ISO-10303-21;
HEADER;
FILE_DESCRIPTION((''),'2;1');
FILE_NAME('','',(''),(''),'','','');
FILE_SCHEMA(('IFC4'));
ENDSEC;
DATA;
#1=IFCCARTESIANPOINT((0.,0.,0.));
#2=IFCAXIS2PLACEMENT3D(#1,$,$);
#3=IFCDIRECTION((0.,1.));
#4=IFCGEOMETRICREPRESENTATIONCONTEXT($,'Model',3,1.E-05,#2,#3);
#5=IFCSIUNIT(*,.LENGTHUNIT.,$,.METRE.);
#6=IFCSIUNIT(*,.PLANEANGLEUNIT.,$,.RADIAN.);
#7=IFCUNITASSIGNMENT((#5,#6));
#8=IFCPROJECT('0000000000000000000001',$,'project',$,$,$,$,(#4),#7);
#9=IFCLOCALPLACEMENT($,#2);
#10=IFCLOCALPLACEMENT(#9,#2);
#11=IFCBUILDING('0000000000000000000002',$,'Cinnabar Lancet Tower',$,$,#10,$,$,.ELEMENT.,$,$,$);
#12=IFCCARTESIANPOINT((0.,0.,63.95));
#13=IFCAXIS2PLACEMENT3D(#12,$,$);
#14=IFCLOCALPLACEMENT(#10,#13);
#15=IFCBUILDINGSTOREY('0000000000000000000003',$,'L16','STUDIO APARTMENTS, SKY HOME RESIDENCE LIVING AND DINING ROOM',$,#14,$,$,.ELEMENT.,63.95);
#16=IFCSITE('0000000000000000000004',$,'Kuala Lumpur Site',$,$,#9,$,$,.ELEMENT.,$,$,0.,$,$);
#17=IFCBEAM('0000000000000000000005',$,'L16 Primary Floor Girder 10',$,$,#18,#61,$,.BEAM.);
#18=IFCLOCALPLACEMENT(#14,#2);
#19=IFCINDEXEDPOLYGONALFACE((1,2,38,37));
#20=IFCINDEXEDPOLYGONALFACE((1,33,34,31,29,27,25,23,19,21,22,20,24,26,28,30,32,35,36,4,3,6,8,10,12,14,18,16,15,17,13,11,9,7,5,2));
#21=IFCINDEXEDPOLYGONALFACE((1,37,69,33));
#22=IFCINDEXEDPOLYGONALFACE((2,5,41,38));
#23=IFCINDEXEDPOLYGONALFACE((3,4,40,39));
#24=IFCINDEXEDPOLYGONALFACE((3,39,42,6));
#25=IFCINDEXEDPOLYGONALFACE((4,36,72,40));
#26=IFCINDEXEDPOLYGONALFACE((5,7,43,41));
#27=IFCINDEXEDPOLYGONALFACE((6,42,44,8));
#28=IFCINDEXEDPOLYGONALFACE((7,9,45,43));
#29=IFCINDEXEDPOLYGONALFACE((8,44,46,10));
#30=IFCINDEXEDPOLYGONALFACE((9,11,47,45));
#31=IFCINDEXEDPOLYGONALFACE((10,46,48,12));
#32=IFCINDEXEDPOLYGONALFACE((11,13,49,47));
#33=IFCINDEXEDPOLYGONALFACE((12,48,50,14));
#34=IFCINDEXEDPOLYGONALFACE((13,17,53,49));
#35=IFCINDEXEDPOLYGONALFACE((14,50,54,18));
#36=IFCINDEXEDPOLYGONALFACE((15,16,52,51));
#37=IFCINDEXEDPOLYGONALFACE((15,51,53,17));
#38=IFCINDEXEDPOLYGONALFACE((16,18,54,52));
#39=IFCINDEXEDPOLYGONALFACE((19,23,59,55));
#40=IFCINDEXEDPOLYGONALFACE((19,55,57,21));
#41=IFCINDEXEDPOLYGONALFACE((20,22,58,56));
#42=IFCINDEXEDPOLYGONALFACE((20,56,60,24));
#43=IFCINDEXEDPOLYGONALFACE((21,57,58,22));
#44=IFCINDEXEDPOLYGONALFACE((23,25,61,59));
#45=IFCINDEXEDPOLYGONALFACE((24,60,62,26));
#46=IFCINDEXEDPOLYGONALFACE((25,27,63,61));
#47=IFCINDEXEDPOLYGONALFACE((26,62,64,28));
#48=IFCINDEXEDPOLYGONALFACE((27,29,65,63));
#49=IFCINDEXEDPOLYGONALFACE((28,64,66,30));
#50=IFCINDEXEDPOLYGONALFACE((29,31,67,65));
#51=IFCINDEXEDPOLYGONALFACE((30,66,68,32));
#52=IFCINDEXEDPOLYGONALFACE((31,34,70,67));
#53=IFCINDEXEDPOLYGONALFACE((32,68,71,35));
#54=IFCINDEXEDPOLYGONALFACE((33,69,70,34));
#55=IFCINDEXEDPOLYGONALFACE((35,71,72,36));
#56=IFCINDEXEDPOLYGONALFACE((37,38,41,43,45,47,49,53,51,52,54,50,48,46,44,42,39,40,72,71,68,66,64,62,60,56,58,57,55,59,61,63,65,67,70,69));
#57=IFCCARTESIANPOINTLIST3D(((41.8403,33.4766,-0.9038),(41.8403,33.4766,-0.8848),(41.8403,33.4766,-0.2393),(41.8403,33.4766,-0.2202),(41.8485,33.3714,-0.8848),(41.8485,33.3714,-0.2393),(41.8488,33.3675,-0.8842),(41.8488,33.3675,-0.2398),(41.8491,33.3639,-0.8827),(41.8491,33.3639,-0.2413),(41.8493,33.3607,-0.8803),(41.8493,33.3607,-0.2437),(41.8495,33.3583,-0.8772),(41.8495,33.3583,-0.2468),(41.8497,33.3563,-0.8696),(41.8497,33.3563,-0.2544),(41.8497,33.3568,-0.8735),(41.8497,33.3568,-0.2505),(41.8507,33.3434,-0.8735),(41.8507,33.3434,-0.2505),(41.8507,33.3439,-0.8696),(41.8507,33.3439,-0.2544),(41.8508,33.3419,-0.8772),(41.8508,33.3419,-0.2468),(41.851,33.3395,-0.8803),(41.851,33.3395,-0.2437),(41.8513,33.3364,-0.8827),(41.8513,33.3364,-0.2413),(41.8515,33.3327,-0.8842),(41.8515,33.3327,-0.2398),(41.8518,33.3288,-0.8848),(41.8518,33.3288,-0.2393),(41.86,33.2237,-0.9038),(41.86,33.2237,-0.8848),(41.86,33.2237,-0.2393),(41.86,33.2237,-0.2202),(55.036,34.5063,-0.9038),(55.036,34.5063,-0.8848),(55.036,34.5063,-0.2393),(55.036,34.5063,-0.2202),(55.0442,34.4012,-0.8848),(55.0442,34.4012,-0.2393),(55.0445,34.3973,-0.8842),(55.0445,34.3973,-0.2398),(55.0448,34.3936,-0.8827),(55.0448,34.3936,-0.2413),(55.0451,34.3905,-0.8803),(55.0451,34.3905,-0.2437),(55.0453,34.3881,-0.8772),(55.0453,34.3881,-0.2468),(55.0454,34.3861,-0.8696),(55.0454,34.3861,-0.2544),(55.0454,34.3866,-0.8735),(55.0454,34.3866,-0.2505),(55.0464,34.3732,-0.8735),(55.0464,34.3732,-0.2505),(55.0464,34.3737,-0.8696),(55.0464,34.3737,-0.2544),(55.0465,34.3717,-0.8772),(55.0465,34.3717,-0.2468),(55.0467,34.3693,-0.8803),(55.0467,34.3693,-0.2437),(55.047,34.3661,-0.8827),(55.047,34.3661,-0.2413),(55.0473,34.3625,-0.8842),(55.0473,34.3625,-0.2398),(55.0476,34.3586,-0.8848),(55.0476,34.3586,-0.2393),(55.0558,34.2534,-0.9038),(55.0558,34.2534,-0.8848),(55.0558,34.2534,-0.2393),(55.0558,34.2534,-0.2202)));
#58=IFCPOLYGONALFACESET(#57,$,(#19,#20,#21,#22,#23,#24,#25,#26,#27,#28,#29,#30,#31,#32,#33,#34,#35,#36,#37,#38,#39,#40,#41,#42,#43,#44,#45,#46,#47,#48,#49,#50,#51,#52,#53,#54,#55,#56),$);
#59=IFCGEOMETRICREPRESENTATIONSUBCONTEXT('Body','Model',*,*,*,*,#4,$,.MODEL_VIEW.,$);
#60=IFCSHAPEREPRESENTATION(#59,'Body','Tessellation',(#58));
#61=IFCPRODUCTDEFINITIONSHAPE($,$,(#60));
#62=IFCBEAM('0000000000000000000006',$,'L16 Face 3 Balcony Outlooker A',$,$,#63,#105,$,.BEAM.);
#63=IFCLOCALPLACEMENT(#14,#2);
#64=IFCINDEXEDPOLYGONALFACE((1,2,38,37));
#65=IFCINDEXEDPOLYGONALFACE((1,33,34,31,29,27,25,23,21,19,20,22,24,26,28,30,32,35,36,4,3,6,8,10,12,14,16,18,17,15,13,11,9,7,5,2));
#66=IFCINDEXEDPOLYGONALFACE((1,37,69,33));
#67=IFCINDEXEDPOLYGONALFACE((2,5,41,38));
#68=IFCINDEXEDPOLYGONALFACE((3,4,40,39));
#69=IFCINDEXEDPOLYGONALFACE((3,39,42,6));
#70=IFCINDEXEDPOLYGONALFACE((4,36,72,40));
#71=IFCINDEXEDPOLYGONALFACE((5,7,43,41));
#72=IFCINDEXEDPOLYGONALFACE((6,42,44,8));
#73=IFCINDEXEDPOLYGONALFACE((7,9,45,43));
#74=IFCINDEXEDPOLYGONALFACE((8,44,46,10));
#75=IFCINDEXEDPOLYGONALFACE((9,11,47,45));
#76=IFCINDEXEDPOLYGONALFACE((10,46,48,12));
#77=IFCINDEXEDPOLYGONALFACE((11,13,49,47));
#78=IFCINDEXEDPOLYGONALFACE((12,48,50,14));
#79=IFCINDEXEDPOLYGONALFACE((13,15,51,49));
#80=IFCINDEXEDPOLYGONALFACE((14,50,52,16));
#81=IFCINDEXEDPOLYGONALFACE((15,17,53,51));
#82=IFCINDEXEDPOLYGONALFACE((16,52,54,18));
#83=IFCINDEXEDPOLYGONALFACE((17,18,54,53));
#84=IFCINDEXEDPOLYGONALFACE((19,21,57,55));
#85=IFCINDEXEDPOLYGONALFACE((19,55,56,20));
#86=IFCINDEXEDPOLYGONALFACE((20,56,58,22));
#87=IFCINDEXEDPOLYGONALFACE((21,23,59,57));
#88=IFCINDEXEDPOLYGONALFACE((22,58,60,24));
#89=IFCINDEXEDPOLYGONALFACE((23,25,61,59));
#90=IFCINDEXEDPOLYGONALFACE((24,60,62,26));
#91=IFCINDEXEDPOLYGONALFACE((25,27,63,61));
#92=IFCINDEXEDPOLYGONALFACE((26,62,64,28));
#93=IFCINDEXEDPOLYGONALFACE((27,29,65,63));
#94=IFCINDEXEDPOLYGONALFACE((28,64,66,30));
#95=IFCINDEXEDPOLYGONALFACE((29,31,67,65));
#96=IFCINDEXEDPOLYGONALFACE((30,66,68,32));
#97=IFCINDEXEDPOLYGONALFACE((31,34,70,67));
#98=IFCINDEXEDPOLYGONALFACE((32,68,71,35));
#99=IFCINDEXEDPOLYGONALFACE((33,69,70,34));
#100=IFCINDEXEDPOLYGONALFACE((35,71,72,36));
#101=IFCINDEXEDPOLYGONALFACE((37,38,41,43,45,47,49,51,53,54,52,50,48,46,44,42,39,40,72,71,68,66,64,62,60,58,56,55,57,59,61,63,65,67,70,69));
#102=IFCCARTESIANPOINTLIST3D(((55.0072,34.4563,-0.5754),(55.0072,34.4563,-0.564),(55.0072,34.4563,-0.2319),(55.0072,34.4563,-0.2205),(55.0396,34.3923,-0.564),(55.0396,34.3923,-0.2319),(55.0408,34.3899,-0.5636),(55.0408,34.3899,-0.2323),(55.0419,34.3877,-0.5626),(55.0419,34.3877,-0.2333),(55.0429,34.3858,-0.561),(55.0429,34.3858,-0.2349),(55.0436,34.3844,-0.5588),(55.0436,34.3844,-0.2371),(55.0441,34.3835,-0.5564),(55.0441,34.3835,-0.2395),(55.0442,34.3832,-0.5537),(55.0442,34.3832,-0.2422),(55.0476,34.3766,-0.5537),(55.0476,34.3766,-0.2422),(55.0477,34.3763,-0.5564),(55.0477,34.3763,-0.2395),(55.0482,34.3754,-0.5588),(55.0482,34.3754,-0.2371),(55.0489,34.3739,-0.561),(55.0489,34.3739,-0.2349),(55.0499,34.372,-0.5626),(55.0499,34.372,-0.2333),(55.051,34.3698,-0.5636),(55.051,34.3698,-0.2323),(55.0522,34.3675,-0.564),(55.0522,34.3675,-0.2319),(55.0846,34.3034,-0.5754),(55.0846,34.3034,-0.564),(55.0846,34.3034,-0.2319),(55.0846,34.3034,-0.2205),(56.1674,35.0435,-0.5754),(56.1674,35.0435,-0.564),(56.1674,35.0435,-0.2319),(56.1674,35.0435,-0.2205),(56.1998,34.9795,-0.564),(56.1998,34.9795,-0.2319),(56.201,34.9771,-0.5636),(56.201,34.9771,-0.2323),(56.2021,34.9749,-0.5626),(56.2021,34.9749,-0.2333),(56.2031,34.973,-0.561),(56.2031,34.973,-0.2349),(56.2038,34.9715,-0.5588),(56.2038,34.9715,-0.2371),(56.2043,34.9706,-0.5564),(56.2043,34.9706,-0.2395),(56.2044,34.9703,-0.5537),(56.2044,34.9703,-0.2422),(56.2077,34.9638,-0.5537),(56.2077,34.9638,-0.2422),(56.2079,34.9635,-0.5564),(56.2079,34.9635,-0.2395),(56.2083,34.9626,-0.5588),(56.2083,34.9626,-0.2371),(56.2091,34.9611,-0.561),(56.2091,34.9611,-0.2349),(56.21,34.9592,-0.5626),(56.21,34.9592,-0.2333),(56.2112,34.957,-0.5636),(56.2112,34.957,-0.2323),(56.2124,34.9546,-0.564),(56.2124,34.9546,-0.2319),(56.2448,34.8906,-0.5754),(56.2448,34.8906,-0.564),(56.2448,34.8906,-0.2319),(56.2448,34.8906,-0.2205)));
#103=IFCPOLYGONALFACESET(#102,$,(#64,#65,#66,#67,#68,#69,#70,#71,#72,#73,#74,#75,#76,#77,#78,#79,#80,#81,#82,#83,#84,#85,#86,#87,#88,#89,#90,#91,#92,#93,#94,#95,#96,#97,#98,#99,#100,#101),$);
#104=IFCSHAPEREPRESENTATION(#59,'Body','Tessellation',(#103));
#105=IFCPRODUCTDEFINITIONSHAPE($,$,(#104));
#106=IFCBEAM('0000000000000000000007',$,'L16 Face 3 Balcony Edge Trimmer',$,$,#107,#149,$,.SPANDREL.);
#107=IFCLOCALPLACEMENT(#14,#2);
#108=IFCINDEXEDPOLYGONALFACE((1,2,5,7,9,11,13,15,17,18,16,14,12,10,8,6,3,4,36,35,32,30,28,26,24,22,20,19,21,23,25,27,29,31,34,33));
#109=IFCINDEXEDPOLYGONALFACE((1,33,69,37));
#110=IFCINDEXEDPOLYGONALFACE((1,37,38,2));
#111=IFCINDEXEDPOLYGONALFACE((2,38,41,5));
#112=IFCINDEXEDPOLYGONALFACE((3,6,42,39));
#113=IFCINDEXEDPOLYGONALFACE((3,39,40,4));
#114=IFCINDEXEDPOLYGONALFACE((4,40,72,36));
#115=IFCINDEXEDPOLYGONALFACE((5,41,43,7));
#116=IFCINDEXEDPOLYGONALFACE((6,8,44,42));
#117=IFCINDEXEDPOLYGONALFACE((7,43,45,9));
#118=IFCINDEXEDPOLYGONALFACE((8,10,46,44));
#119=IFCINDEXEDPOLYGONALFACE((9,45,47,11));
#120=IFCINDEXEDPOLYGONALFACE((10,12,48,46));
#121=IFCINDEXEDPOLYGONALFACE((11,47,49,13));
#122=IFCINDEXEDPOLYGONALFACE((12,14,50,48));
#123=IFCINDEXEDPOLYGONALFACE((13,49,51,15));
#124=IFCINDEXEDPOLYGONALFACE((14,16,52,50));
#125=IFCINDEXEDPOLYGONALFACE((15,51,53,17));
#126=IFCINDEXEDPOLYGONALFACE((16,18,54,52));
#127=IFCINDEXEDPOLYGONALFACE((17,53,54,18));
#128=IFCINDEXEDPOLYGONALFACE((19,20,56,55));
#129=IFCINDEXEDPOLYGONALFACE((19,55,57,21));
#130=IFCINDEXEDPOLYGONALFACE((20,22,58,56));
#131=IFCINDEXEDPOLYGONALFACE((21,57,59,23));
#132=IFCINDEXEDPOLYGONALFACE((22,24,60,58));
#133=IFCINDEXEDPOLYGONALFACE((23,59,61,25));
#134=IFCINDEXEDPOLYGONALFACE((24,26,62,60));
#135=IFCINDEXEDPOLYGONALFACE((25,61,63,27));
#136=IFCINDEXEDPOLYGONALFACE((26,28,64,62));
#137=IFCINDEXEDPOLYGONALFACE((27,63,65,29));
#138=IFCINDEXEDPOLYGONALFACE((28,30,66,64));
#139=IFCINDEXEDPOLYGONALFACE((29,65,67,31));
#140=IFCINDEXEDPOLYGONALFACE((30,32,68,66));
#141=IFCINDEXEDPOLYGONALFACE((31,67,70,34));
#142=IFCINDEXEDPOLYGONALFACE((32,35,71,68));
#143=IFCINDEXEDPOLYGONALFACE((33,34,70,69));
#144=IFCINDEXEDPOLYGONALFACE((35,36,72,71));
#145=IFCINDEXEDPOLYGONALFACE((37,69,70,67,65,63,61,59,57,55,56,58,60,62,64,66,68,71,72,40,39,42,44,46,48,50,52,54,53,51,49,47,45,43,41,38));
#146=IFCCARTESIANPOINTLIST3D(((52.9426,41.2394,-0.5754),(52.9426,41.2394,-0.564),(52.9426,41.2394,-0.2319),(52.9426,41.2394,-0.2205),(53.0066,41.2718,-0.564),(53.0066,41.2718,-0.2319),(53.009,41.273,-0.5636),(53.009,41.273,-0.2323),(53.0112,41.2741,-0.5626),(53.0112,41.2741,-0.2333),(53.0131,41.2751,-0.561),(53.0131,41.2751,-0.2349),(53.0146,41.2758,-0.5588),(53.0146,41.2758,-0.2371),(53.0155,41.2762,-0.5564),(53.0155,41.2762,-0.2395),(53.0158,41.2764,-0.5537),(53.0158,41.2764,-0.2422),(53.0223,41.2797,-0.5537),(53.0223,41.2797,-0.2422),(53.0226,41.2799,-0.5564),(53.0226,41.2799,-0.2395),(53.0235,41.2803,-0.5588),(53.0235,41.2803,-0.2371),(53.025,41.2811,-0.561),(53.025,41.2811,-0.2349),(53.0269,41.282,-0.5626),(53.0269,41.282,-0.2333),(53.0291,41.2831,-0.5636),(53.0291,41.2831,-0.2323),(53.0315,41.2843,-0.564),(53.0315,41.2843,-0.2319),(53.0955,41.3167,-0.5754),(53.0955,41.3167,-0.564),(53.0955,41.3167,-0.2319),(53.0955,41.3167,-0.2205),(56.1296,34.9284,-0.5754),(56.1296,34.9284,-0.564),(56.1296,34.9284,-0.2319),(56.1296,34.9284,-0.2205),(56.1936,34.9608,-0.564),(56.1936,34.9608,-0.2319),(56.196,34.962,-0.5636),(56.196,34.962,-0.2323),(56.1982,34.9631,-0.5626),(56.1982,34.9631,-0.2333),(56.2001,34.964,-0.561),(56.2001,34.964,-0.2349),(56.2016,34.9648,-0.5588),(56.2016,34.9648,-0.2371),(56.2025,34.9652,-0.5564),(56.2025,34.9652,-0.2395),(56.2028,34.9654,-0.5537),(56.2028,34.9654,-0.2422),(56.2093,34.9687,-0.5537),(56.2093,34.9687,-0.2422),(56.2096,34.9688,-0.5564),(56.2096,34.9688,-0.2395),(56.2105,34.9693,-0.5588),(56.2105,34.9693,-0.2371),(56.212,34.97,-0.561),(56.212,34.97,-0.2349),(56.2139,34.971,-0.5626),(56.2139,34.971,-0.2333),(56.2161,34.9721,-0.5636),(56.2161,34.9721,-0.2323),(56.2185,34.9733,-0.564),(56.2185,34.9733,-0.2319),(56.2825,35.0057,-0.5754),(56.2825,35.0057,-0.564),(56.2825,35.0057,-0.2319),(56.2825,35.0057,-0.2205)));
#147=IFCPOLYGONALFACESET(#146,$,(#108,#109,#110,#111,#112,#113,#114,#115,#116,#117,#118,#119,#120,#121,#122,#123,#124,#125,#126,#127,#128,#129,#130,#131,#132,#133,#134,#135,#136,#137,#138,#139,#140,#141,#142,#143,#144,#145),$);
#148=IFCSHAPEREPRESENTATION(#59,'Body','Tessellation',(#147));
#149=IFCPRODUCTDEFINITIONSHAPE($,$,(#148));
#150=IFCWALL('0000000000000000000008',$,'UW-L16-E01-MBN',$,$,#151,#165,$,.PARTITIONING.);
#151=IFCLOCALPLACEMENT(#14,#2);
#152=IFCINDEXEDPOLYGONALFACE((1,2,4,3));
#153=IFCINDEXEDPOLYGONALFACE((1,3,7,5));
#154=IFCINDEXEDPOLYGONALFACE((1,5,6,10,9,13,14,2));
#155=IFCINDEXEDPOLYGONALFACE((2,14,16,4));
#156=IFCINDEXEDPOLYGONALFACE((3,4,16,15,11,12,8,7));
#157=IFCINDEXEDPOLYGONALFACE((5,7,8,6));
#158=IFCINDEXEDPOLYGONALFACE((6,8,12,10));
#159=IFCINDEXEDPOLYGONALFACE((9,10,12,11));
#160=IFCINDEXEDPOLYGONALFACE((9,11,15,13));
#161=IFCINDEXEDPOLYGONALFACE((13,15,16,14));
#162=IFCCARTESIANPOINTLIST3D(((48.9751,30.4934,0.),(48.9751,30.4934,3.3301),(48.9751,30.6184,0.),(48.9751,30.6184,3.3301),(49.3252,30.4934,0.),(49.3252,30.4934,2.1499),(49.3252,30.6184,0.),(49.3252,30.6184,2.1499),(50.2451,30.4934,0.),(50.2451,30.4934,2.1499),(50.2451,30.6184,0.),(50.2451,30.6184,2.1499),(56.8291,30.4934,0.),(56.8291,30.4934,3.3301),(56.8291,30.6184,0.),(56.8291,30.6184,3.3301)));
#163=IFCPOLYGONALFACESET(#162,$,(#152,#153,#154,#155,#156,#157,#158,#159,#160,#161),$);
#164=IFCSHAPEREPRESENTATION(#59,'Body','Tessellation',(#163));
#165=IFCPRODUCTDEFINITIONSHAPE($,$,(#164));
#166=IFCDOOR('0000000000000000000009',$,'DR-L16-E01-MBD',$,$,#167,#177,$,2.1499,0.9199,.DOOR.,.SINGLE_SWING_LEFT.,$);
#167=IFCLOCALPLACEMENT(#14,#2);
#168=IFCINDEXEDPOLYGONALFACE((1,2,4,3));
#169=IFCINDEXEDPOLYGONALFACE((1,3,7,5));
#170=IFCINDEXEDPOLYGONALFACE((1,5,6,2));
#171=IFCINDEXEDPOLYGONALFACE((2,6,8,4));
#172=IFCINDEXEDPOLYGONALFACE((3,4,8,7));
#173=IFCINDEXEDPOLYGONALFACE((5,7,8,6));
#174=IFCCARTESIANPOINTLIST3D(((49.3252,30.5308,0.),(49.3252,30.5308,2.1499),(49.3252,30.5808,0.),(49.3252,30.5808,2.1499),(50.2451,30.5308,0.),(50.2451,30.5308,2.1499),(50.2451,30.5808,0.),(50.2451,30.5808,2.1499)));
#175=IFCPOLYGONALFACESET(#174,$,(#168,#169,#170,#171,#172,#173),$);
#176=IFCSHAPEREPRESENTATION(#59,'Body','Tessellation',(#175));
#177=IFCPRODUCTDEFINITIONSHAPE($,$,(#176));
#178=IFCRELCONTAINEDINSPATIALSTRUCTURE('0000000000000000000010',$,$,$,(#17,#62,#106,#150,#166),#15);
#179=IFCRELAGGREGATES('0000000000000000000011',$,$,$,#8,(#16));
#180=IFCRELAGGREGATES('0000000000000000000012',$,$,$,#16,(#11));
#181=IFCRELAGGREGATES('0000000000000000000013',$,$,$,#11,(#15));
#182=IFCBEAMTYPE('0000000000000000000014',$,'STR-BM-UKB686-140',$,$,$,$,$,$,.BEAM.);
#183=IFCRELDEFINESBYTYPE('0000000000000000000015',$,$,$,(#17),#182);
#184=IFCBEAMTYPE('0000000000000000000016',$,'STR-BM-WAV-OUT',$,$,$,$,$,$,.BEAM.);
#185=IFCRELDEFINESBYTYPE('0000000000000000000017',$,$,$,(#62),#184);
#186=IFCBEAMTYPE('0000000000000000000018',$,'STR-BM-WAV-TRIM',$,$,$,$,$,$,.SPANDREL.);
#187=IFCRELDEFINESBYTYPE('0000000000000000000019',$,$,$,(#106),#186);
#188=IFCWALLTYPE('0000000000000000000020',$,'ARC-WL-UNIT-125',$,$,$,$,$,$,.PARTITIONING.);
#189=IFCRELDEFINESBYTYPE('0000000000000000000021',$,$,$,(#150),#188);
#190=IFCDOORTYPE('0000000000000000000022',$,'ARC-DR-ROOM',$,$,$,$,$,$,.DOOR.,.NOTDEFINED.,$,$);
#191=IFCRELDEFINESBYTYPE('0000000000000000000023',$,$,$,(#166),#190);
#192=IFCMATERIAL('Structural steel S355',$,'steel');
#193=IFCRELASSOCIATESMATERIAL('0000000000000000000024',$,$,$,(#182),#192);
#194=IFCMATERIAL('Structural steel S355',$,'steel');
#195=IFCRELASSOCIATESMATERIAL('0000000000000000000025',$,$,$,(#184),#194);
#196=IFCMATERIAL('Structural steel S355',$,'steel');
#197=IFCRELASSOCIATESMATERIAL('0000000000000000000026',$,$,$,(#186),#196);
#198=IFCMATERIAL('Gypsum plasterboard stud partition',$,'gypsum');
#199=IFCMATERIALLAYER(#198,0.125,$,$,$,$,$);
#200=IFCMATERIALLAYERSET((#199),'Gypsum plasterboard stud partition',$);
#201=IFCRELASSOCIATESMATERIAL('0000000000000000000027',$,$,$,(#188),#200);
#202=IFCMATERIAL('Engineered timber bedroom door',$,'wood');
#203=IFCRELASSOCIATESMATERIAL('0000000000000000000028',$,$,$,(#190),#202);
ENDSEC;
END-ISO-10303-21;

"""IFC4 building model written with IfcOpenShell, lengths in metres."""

from ifc_helpers import new_model, si_unit, direction, frame, frame_2d, origin, origin_2d, place, context, subcontext, project, spatial, rectangle, i_section, extrude, material, layer, layer_set, material_profile, profile_set, type_object, element, fill, save


model = new_model("IFC4")

# Units and contexts
model_context = context("Model", 3, precision=1e-05, world=origin(), true_north=direction((0.0, 1.0)))
body_context = subcontext(model_context, "Body", "Model", "MODEL_VIEW")
ifc_project = project(units=[si_unit("LENGTHUNIT", "METRE"), si_unit("PLANEANGLEUNIT", "RADIAN")], contexts=[model_context])

# Site, building, storey
site_placement = place(None, origin())
site = spatial("IfcSite", under=ifc_project, at=site_placement, Name="Kuala Lumpur Site", CompositionType="ELEMENT", RefElevation=0.0)
building_placement = place(site_placement, origin())
building = spatial("IfcBuilding", under=site, at=building_placement, Name="Cinnabar Lancet Tower", CompositionType="ELEMENT")
storey_placement = place(building_placement, frame((0.0, 0.0, 63.95)))
storey = spatial("IfcBuildingStorey", under=building, at=storey_placement, Name="L16", Description="STUDIO APARTMENTS, SKY HOME RESIDENCE LIVING AND DINING ROOM", CompositionType="ELEMENT", Elevation=63.95)

# Beams
ifc_material_1 = material(Name="Structural steel S355", Category="steel")
ifc_material_profile_1 = material_profile(ifc_material_1, i_section(OverallWidth=0.2537, OverallDepth=0.6836, WebThickness=0.0125, FlangeThickness=0.019, FilletRadius=0.0151, at=origin_2d()), Name="UKB 686x254x140")
ifc_profile_set_1 = profile_set([ifc_material_profile_1], Name="Structural steel S355")
beam_type_1 = type_object("IfcBeamType", Name="STR-BM-UKB686-140", PredefinedType="BEAM", material=ifc_profile_set_1)
beam_1_placement = place(storey_placement, frame((55.0459, 34.3799, -0.562), z_axis=(-0.996969, -0.077802, 0.0), x_axis=(0.077802, -0.996969, 0.0)))
element("IfcBeam", 1, at=beam_1_placement, inside=storey, type_object=beam_type_1, Name="L16 Primary Floor Girder 10", PredefinedType="BEAM", context=body_context, shape_type="SweptSolid", body=[
    extrude(i_section(OverallWidth=0.2537, OverallDepth=0.6836, WebThickness=0.0125, FlangeThickness=0.019, FilletRadius=0.0151, at=origin_2d()), origin(), (0.0, 0.0, 1.0), 13.2358),
])
ifc_material_2 = material(Name="Structural steel S355", Category="steel")
ifc_material_profile_2 = material_profile(ifc_material_2, i_section(OverallWidth=0.1714, OverallDepth=0.355, WebThickness=0.0073, FlangeThickness=0.0115, FilletRadius=0.0103, at=origin_2d()), Name="UKB 356x171x51")
ifc_profile_set_2 = profile_set([ifc_material_profile_2], Name="Structural steel S355")
beam_type_2 = type_object("IfcBeamType", Name="STR-BM-WAV-OUT", PredefinedType="BEAM", material=ifc_profile_set_2)
beam_2_placement = place(storey_placement, frame((55.0459, 34.3799, -0.3979), z_axis=(0.892239, 0.451564, 0.0), x_axis=(-0.451564, 0.892239, 0.0)))
element("IfcBeam", 2, at=beam_2_placement, inside=storey, type_object=beam_type_2, Name="L16 Face 3 Balcony Outlooker A", PredefinedType="BEAM", context=body_context, shape_type="SweptSolid", body=[
    extrude(i_section(OverallWidth=0.1714, OverallDepth=0.355, WebThickness=0.0073, FlangeThickness=0.0115, FilletRadius=0.0103, at=origin_2d()), origin(), (0.0, 0.0, 1.0), 1.3003),
])
ifc_material_3 = material(Name="Structural steel S355", Category="steel")
ifc_material_profile_3 = material_profile(ifc_material_3, i_section(OverallWidth=0.1714, OverallDepth=0.355, WebThickness=0.0073, FlangeThickness=0.0115, FilletRadius=0.0103, at=origin_2d()), Name="UKB 356x171x51")
ifc_profile_set_3 = profile_set([ifc_material_profile_3], Name="Structural steel S355")
beam_type_3 = type_object("IfcBeamType", Name="STR-BM-WAV-TRIM", PredefinedType="SPANDREL", material=ifc_profile_set_3)
beam_3_placement = place(storey_placement, frame((56.2061, 34.967, -0.3979), z_axis=(-0.450774, 0.892638, 0.0), x_axis=(-0.892638, -0.450774, 0.0)))
element("IfcBeam", 3, at=beam_3_placement, inside=storey, type_object=beam_type_3, Name="L16 Face 3 Balcony Edge Trimmer", PredefinedType="SPANDREL", context=body_context, shape_type="SweptSolid", body=[
    extrude(i_section(OverallWidth=0.1714, OverallDepth=0.355, WebThickness=0.0073, FlangeThickness=0.0115, FilletRadius=0.0103, at=origin_2d()), origin(), (0.0, 0.0, 1.0), 7.0701),
])

# Wall, opening, door
ifc_material_4 = material(Name="Gypsum plasterboard stud partition", Category="gypsum")
ifc_layer_1 = layer(ifc_material_4, 0.125)
ifc_layer_set_1 = layer_set([ifc_layer_1], Name="Gypsum plasterboard stud partition")
wall_type_1 = type_object("IfcWallType", Name="ARC-WL-UNIT-125", PredefinedType="PARTITIONING", material=ifc_layer_set_1)
wall_1_placement = place(storey_placement, frame((48.9751, 30.5559, 0.0), z_axis=(0.0, 0.0, 1.0), x_axis=(1.0, 0.0, 0.0)))
wall_1 = element("IfcWall", 4, at=wall_1_placement, inside=storey, type_object=wall_type_1, Name="UW-L16-E01-MBN", PredefinedType="PARTITIONING", context=body_context, shape_type="SweptSolid", body=[
    extrude(rectangle(XDim=7.854, YDim=0.125, at=frame_2d((3.927, 0.0))), origin(), (0.0, 0.0, 1.0), 3.3301),
])
opening_1_placement = place(wall_1_placement, frame((0.3501, 0.0, 0.0)))
opening_1 = element("IfcOpeningElement", 5, at=opening_1_placement, cuts=wall_1, PredefinedType="OPENING", context=body_context, shape_type="SweptSolid", body=[
    extrude(rectangle(XDim=0.9199, YDim=2.1499, at=frame_2d((0.46, 1.075))), frame((0.0, 0.0725, 0.0), z_axis=(0.0, -1.0, 0.0), x_axis=(1.0, 0.0, 0.0)), (0.0, 0.0, 1.0), 0.145),
])
ifc_material_5 = material(Name="Engineered timber bedroom door", Category="wood")
door_type_1 = type_object("IfcDoorType", Name="ARC-DR-ROOM", OperationType="NOTDEFINED", PredefinedType="DOOR", material=ifc_material_5)
door_1_placement = place(opening_1_placement, origin())
door_1 = element("IfcDoor", 6, at=door_1_placement, inside=storey, type_object=door_type_1, Name="DR-L16-E01-MBD", OperationType="SINGLE_SWING_LEFT", OverallHeight=2.1499, OverallWidth=0.9199, PredefinedType="DOOR", context=body_context, shape_type="SweptSolid", body=[
    extrude(rectangle(XDim=0.9199, YDim=2.1499, at=frame_2d((0.46, 1.075))), frame((0.0, 0.0249, 0.0), z_axis=(0.0, -1.0, 0.0), x_axis=(1.0, 0.0, 0.0)), (0.0, 0.0, 1.0), 0.05),
])
fill(opening_1, door_1)

save(model, "model.ifc")
